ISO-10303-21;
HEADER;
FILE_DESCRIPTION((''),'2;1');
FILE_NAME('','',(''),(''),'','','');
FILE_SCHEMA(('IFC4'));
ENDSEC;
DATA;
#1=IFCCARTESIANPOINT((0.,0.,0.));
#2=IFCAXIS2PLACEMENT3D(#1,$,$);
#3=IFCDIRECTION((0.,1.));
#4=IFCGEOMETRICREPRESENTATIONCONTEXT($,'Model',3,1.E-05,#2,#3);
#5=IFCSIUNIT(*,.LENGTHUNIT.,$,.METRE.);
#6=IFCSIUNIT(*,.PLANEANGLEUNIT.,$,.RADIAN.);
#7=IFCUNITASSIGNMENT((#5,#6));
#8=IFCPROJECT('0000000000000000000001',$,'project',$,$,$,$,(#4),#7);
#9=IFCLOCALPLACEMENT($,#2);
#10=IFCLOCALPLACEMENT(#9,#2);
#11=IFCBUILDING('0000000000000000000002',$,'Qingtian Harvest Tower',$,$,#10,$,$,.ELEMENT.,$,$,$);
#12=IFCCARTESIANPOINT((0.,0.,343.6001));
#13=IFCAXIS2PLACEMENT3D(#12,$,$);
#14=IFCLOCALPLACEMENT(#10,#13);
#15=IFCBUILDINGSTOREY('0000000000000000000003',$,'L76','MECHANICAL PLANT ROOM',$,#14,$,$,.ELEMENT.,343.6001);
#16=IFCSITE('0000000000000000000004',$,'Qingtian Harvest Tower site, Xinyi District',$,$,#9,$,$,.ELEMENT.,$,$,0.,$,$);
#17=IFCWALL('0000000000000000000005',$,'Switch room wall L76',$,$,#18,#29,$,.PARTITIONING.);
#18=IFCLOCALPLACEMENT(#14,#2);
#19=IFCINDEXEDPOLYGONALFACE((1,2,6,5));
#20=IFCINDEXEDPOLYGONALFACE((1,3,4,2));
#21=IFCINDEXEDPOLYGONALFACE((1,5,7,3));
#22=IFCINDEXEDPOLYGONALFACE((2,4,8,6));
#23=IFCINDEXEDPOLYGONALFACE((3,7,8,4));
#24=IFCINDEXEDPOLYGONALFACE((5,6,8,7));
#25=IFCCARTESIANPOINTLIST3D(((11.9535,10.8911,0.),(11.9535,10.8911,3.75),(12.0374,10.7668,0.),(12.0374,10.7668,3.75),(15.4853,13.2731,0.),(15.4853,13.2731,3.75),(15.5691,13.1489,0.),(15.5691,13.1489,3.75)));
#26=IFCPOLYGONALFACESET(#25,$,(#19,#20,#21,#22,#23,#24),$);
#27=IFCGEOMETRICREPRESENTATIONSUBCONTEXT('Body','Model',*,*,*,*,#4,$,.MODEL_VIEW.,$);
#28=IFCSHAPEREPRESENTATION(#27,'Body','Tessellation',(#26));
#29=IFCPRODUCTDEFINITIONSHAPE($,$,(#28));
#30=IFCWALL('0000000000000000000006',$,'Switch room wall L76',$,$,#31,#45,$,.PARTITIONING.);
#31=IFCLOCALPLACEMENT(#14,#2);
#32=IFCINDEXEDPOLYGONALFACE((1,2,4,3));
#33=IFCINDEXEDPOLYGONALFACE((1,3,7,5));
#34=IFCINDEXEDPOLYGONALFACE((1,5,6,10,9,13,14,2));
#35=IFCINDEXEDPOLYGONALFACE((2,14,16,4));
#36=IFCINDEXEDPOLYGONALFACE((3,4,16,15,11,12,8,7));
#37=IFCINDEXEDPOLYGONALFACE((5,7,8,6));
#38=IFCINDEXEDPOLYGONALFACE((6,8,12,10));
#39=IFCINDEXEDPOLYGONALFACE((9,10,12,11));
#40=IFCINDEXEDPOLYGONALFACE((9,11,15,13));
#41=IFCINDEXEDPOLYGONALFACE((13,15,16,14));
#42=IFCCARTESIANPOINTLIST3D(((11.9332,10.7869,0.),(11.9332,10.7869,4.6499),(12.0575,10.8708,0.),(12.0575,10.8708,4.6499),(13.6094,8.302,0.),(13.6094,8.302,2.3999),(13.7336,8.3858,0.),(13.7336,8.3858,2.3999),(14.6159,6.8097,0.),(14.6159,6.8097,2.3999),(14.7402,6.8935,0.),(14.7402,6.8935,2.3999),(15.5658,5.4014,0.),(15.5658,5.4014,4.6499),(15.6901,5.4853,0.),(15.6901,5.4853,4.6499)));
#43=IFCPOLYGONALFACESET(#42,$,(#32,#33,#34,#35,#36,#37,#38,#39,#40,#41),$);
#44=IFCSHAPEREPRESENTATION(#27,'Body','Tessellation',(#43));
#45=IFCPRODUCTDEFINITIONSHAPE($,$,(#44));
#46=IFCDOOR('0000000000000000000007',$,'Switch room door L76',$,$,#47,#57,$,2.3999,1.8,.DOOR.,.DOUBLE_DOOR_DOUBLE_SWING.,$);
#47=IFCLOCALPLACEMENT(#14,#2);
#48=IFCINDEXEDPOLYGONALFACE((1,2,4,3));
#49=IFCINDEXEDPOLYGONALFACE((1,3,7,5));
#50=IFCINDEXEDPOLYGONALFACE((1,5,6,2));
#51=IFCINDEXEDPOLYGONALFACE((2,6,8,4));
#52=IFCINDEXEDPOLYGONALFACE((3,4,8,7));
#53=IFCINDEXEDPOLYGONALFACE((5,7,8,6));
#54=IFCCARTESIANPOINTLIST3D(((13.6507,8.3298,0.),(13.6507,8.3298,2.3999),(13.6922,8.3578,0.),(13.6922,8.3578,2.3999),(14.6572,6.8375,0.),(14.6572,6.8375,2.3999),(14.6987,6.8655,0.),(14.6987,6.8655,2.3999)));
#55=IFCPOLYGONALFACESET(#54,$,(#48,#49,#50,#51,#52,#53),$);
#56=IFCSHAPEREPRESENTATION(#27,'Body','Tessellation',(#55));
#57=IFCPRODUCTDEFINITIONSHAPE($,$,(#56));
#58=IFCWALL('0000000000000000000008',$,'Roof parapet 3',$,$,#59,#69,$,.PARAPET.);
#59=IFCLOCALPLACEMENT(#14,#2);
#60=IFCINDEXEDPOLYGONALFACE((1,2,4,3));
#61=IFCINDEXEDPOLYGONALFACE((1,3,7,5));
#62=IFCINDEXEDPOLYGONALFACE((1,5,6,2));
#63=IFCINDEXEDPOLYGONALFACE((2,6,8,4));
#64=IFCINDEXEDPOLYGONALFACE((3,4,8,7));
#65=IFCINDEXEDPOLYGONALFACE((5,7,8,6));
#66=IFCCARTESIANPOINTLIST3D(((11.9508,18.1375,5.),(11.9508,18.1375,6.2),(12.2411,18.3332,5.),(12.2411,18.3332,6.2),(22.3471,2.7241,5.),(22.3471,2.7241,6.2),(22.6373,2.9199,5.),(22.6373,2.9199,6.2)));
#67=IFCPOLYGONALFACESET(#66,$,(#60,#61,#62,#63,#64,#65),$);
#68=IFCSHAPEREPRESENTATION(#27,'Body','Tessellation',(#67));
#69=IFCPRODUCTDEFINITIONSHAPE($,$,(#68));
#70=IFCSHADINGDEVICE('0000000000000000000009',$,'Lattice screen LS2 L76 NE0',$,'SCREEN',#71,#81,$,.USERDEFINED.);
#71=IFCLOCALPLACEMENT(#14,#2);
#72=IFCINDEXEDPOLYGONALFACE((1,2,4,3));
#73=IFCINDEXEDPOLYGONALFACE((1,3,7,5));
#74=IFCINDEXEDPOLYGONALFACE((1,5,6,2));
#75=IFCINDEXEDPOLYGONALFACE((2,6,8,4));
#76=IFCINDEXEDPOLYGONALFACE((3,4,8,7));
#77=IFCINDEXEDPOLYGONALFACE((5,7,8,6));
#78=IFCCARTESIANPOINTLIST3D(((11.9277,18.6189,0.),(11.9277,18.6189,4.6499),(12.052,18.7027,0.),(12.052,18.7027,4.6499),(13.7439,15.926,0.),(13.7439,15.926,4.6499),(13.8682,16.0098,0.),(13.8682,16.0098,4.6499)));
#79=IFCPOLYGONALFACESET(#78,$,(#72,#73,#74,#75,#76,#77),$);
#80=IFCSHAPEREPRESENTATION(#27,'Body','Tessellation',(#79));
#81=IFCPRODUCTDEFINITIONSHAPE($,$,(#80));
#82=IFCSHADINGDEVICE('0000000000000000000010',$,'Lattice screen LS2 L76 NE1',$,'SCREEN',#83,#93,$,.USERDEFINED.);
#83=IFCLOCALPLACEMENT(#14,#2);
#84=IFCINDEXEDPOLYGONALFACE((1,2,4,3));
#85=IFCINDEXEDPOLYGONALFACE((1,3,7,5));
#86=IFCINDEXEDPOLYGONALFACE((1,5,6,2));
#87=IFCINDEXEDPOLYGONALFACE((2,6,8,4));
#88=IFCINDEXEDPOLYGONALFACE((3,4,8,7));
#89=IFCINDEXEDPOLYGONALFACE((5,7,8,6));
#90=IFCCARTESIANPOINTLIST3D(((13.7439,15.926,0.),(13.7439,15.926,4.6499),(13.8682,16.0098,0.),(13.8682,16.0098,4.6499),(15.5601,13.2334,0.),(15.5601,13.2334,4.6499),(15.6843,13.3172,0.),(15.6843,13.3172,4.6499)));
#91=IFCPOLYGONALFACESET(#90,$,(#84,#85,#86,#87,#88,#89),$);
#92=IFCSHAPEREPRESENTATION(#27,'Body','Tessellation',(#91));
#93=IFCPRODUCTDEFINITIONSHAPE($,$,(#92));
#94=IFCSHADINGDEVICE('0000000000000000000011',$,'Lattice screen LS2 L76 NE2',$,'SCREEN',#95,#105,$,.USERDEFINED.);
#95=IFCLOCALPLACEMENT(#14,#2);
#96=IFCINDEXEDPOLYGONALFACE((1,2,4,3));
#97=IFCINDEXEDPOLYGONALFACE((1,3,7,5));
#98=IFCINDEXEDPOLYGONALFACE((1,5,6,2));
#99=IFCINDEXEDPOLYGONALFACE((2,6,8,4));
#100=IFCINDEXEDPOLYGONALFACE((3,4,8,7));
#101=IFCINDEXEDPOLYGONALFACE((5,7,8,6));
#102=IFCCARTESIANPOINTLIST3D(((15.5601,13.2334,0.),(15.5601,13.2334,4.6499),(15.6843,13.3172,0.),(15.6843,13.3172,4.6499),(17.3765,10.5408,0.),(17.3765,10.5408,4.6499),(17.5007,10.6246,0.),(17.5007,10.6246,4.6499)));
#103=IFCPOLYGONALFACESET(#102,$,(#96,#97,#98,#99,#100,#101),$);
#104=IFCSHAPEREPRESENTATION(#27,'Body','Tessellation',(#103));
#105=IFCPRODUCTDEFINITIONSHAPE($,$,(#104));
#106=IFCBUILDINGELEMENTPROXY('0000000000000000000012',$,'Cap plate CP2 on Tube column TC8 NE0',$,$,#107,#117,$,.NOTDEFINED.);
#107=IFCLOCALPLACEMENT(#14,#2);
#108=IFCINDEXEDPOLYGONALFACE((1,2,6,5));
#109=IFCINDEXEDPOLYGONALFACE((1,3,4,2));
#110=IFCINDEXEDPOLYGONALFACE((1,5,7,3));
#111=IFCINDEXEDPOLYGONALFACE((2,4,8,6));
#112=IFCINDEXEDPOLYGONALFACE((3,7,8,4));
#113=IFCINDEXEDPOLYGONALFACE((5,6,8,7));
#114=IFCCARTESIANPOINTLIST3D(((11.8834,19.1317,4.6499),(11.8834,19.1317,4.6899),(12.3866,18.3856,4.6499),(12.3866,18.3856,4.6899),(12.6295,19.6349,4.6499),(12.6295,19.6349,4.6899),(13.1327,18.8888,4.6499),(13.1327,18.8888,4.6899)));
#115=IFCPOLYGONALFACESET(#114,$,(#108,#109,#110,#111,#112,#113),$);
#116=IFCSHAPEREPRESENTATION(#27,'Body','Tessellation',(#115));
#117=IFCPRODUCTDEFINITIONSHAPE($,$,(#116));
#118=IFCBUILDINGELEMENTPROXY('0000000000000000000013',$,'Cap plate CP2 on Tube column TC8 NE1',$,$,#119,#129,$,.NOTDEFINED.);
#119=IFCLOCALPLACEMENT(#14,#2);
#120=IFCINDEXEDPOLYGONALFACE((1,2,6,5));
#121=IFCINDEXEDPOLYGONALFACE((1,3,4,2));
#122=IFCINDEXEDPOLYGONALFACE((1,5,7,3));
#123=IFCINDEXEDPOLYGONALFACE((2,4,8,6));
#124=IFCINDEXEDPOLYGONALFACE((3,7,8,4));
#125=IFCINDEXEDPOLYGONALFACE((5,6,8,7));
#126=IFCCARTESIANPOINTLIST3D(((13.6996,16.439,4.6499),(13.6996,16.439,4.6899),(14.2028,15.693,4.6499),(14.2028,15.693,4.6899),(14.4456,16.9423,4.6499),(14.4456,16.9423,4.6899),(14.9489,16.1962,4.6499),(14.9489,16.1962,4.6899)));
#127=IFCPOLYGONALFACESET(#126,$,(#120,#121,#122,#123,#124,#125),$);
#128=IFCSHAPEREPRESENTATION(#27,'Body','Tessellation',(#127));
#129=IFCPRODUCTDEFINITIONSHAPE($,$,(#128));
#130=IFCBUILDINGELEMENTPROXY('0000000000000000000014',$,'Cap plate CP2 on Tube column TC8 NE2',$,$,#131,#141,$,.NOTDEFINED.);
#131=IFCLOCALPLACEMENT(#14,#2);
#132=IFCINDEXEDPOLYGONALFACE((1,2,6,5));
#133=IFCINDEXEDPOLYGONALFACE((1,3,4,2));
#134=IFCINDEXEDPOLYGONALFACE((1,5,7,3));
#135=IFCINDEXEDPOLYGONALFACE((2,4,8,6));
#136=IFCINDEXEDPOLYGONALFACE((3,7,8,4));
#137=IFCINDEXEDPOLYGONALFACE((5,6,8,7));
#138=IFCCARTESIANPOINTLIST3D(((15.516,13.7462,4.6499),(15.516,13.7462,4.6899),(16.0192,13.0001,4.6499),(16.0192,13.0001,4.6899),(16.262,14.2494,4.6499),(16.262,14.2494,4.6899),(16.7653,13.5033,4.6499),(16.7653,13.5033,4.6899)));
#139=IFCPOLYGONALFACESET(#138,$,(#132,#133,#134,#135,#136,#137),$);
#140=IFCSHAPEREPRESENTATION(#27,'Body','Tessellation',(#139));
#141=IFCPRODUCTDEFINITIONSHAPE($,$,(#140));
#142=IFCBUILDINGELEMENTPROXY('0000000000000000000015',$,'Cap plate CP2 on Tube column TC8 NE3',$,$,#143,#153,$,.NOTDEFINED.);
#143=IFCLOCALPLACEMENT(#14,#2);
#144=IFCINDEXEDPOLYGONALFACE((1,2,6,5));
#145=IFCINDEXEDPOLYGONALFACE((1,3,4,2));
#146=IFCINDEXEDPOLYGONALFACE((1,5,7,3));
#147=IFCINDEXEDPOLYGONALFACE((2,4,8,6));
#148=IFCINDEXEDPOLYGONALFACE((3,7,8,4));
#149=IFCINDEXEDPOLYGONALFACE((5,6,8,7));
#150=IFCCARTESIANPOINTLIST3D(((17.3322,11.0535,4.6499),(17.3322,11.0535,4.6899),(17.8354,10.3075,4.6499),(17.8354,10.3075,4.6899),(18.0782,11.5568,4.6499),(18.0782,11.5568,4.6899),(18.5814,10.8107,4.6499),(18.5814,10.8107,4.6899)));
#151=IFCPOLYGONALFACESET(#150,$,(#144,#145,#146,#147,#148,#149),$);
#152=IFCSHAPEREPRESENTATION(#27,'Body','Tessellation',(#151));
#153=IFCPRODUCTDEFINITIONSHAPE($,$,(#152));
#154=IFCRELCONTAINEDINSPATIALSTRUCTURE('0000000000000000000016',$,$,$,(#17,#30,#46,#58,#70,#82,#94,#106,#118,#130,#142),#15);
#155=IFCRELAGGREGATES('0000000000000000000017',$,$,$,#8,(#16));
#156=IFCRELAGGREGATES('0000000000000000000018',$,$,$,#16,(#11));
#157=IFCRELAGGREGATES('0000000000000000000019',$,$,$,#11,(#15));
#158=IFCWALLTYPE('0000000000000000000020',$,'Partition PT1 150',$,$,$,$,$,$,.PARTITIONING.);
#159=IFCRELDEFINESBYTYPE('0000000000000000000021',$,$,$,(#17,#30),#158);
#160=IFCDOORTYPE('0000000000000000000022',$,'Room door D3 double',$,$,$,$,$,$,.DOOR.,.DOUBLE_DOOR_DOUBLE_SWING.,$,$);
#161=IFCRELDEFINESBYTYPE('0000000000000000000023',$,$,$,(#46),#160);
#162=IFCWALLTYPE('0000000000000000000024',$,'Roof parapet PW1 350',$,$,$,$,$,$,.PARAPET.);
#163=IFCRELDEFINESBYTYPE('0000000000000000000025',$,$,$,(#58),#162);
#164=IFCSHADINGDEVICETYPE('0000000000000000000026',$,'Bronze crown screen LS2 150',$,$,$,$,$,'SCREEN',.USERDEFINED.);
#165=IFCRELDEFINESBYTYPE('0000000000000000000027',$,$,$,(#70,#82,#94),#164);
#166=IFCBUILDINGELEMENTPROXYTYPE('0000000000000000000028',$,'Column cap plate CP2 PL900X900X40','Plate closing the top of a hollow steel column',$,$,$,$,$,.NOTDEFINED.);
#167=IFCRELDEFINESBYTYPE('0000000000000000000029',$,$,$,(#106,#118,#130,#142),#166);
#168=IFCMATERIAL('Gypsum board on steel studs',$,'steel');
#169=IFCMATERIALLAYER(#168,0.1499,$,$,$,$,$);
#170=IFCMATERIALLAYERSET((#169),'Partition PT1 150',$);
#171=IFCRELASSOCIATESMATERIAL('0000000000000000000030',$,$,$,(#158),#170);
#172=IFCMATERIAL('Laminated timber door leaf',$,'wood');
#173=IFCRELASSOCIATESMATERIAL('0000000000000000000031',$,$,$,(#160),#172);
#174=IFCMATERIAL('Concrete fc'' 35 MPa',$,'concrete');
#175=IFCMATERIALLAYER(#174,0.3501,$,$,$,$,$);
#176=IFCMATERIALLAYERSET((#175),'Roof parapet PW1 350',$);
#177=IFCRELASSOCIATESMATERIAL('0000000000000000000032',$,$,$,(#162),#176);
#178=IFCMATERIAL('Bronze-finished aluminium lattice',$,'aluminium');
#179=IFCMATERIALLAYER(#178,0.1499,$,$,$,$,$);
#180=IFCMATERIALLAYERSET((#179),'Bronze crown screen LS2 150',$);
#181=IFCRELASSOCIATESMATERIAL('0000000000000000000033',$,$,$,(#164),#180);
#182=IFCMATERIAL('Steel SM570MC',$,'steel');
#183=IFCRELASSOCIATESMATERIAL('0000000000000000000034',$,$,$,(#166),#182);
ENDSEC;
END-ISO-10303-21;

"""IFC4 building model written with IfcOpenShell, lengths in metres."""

from ifc_helpers import new_model, si_unit, direction, frame, frame_2d, origin, origin_2d, place, context, subcontext, project, spatial, polyline, rectangle, outline, extrude, material, layer, layer_set, material_profile, profile_set, type_object, element, fill, save


model = new_model("IFC4")

# Units and contexts
model_context = context("Model", 3, precision=1e-05, world=origin(), true_north=direction((0.0, 1.0)))
body_context = subcontext(model_context, "Body", "Model", "MODEL_VIEW")
ifc_project = project(units=[si_unit("LENGTHUNIT", "METRE"), si_unit("PLANEANGLEUNIT", "RADIAN")], contexts=[model_context])

# Site, building, storey
site_placement = place(None, origin())
site = spatial("IfcSite", under=ifc_project, at=site_placement, Name="Qingtian Harvest Tower site, Xinyi District", CompositionType="ELEMENT", RefElevation=0.0)
building_placement = place(site_placement, origin())
building = spatial("IfcBuilding", under=site, at=building_placement, Name="Qingtian Harvest Tower", CompositionType="ELEMENT")
storey_placement = place(building_placement, frame((0.0, 0.0, 343.6001)))
storey = spatial("IfcBuildingStorey", under=building, at=storey_placement, Name="L76", Description="MECHANICAL PLANT ROOM", CompositionType="ELEMENT", Elevation=343.6001)

# Wall
ifc_material_1 = material(Name="Gypsum board on steel studs", Category="steel")
ifc_layer_1 = layer(ifc_material_1, 0.1499)
ifc_layer_set_1 = layer_set([ifc_layer_1], Name="Partition PT1 150")
wall_type_1 = type_object("IfcWallType", Name="Partition PT1 150", PredefinedType="PARTITIONING", material=ifc_layer_set_1)
wall_1_placement = place(storey_placement, frame((15.5271, 13.2109, 0.0), z_axis=(0.0, 0.0, 1.0), x_axis=(-0.829049, -0.559176, 0.0)))
element("IfcWall", 1, at=wall_1_placement, inside=storey, type_object=wall_type_1, Name="Switch room wall L76", PredefinedType="PARTITIONING", context=body_context, shape_type="SweptSolid", body=[
    extrude(rectangle(XDim=4.26, YDim=0.1499, at=frame_2d((2.1299, 0.0))), origin(), (0.0, 0.0, 1.0), 3.75),
])

# Wall, opening, door
wall_2_placement = place(storey_placement, frame((11.9954, 10.8289, 0.0), z_axis=(0.0, 0.0, 1.0), x_axis=(0.559193, -0.829037, 0.0)))
wall_2 = element("IfcWall", 2, at=wall_2_placement, inside=storey, type_object=wall_type_1, Name="Switch room wall L76", PredefinedType="PARTITIONING", context=body_context, shape_type="SweptSolid", body=[
    extrude(rectangle(XDim=6.4961, YDim=0.1499, at=frame_2d((3.248, 0.0))), origin(), (0.0, 0.0, 1.0), 4.6499),
])
opening_placement = place(wall_2_placement, frame((2.9976, 0.0, 0.0)))
opening = element("IfcOpeningElement", 3, at=opening_placement, cuts=wall_2, PredefinedType="OPENING", context=body_context, shape_type="SweptSolid", body=[
    extrude(rectangle(XDim=1.8, YDim=2.3999, at=frame_2d((0.8999, 1.2))), frame((0.0, 0.085, 0.0), z_axis=(0.0, -1.0, 0.0), x_axis=(1.0, 0.0, 0.0)), (0.0, 0.0, 1.0), 0.1699),
])
ifc_material_2 = material(Name="Laminated timber door leaf", Category="wood")
door_type = type_object("IfcDoorType", Name="Room door D3 double", OperationType="DOUBLE_DOOR_DOUBLE_SWING", PredefinedType="DOOR", material=ifc_material_2)
door_placement = place(opening_placement, origin())
door = element("IfcDoor", 4, at=door_placement, inside=storey, type_object=door_type, Name="Switch room door L76", OperationType="DOUBLE_DOOR_DOUBLE_SWING", OverallHeight=2.3999, OverallWidth=1.8, PredefinedType="DOOR", context=body_context, shape_type="SweptSolid", body=[
    extrude(rectangle(XDim=1.8, YDim=2.3999, at=frame_2d((0.8999, 1.2))), frame((0.0, 0.0249, 0.0), z_axis=(0.0, -1.0, 0.0), x_axis=(1.0, 0.0, 0.0)), (0.0, 0.0, 1.0), 0.05),
])
fill(opening, door)

# Wall
ifc_material_3 = material(Name="Concrete fc' 35 MPa", Category="concrete")
ifc_layer_2 = layer(ifc_material_3, 0.3501)
ifc_layer_set_2 = layer_set([ifc_layer_2], Name="Roof parapet PW1 350")
wall_type_2 = type_object("IfcWallType", Name="Roof parapet PW1 350", PredefinedType="PARAPET", material=ifc_layer_set_2)
wall_3_placement = place(storey_placement, frame((12.0959, 18.2354, 5.0), z_axis=(0.0, 0.0, 1.0), x_axis=(0.559186, -0.829042, 0.0)))
element("IfcWall", 5, at=wall_3_placement, inside=storey, type_object=wall_type_2, Name="Roof parapet 3", PredefinedType="PARAPET", context=body_context, shape_type="SweptSolid", body=[
    extrude(rectangle(XDim=18.5918, YDim=0.3501, at=frame_2d((9.2959, 0.0))), origin(), (0.0, 0.0, 1.0), 1.2),
])

# Shading devices
ifc_material_4 = material(Name="Bronze-finished aluminium lattice", Category="aluminium")
ifc_layer_3 = layer(ifc_material_4, 0.1499)
ifc_layer_set_3 = layer_set([ifc_layer_3], Name="Bronze crown screen LS2 150")
shading_device_type = type_object("IfcShadingDeviceType", Name="Bronze crown screen LS2 150", ElementType="SCREEN", PredefinedType="USERDEFINED", material=ifc_layer_set_3)
shading_device_1_placement = place(storey_placement, frame((11.9277, 18.6189, 0.0), z_axis=(-0.829066, -0.55915, 0.0), x_axis=(0.55915, -0.829066, 0.0)))
element("IfcShadingDevice", 6, at=shading_device_1_placement, inside=storey, type_object=shading_device_type, Name="Lattice screen LS2 L76 NE0", ObjectType="SCREEN", PredefinedType="USERDEFINED", context=body_context, shape_type="SweptSolid", body=[
    extrude(outline(polyline([(0.0, 0.0), (3.2481, 0.0), (3.2481, 4.6499), (0.0, 4.6499), (0.0, 0.0)])), origin(), (0.0, 0.0, -1.0), 0.1499),
])
shading_device_2_placement = place(storey_placement, frame((13.7439, 15.926, 0.0), z_axis=(-0.829043, -0.559185, 0.0), x_axis=(0.559185, -0.829043, 0.0)))
element("IfcShadingDevice", 7, at=shading_device_2_placement, inside=storey, type_object=shading_device_type, Name="Lattice screen LS2 L76 NE1", ObjectType="SCREEN", PredefinedType="USERDEFINED", context=body_context, shape_type="SweptSolid", body=[
    extrude(outline(polyline([(0.0, 0.0), (3.2479, 0.0), (3.2479, 4.6499), (0.0, 4.6499), (0.0, 0.0)])), origin(), (0.0, 0.0, -1.0), 0.1499),
])
shading_device_3_placement = place(storey_placement, frame((15.5601, 13.2334, 0.0), z_axis=(-0.829008, -0.559237, 0.0), x_axis=(0.559237, -0.829008, 0.0)))
element("IfcShadingDevice", 8, at=shading_device_3_placement, inside=storey, type_object=shading_device_type, Name="Lattice screen LS2 L76 NE2", ObjectType="SCREEN", PredefinedType="USERDEFINED", context=body_context, shape_type="SweptSolid", body=[
    extrude(outline(polyline([(0.0, 0.0), (3.248, 0.0), (3.248, 4.6499), (0.0, 4.6499), (0.0, 0.0)])), origin(), (0.0, 0.0, -1.0), 0.1499),
])

# Building element proxies
ifc_material_5 = material(Name="Steel SM570MC", Category="steel")
ifc_material_profile_1 = material_profile(ifc_material_5, rectangle(XDim=0.8999, YDim=0.8999, at=origin_2d()), Name="PL900X900X40")
ifc_profile_set_1 = profile_set([ifc_material_profile_1], Name="Steel SM570MC")
building_element_proxy_type = type_object("IfcBuildingElementProxyType", Name="Column cap plate CP2 PL900X900X40", Description="Plate closing the top of a hollow steel column", PredefinedType="NOTDEFINED", material=ifc_profile_set_1)
for number, where, z_axis, x_axis, name in (
    (9, (12.5081, 19.0103, 4.6499), (0.0, 0.0, 1.0), (-0.559193, 0.829038, 0.0), "Cap plate CP2 on Tube column TC8 NE0"),
    (10, (14.3242, 16.3176, 4.6499), (0.0, 0.0, 1.0), (-0.559193, 0.829038, 0.0), "Cap plate CP2 on Tube column TC8 NE1"),
    (11, (16.1406, 13.6248, 4.6499), (0.0, 0.0, 1.0), (-0.559193, 0.829038, 0.0), "Cap plate CP2 on Tube column TC8 NE2"),
    (12, (17.9568, 10.9321, 4.6499), (0.0, 0.0, 1.0), (-0.559193, 0.829038, 0.0), "Cap plate CP2 on Tube column TC8 NE3"),
):
    element("IfcBuildingElementProxy", number, at=place(storey_placement, frame(where, z_axis=z_axis, x_axis=x_axis)), inside=storey, type_object=building_element_proxy_type, Name=name, PredefinedType="NOTDEFINED", context=body_context, shape_type="SweptSolid", body=[
        extrude(rectangle(XDim=0.8999, YDim=0.8999, at=origin_2d()), origin(), (0.0, 0.0, 1.0), 0.04),
    ])

save(model, "model.ifc")
